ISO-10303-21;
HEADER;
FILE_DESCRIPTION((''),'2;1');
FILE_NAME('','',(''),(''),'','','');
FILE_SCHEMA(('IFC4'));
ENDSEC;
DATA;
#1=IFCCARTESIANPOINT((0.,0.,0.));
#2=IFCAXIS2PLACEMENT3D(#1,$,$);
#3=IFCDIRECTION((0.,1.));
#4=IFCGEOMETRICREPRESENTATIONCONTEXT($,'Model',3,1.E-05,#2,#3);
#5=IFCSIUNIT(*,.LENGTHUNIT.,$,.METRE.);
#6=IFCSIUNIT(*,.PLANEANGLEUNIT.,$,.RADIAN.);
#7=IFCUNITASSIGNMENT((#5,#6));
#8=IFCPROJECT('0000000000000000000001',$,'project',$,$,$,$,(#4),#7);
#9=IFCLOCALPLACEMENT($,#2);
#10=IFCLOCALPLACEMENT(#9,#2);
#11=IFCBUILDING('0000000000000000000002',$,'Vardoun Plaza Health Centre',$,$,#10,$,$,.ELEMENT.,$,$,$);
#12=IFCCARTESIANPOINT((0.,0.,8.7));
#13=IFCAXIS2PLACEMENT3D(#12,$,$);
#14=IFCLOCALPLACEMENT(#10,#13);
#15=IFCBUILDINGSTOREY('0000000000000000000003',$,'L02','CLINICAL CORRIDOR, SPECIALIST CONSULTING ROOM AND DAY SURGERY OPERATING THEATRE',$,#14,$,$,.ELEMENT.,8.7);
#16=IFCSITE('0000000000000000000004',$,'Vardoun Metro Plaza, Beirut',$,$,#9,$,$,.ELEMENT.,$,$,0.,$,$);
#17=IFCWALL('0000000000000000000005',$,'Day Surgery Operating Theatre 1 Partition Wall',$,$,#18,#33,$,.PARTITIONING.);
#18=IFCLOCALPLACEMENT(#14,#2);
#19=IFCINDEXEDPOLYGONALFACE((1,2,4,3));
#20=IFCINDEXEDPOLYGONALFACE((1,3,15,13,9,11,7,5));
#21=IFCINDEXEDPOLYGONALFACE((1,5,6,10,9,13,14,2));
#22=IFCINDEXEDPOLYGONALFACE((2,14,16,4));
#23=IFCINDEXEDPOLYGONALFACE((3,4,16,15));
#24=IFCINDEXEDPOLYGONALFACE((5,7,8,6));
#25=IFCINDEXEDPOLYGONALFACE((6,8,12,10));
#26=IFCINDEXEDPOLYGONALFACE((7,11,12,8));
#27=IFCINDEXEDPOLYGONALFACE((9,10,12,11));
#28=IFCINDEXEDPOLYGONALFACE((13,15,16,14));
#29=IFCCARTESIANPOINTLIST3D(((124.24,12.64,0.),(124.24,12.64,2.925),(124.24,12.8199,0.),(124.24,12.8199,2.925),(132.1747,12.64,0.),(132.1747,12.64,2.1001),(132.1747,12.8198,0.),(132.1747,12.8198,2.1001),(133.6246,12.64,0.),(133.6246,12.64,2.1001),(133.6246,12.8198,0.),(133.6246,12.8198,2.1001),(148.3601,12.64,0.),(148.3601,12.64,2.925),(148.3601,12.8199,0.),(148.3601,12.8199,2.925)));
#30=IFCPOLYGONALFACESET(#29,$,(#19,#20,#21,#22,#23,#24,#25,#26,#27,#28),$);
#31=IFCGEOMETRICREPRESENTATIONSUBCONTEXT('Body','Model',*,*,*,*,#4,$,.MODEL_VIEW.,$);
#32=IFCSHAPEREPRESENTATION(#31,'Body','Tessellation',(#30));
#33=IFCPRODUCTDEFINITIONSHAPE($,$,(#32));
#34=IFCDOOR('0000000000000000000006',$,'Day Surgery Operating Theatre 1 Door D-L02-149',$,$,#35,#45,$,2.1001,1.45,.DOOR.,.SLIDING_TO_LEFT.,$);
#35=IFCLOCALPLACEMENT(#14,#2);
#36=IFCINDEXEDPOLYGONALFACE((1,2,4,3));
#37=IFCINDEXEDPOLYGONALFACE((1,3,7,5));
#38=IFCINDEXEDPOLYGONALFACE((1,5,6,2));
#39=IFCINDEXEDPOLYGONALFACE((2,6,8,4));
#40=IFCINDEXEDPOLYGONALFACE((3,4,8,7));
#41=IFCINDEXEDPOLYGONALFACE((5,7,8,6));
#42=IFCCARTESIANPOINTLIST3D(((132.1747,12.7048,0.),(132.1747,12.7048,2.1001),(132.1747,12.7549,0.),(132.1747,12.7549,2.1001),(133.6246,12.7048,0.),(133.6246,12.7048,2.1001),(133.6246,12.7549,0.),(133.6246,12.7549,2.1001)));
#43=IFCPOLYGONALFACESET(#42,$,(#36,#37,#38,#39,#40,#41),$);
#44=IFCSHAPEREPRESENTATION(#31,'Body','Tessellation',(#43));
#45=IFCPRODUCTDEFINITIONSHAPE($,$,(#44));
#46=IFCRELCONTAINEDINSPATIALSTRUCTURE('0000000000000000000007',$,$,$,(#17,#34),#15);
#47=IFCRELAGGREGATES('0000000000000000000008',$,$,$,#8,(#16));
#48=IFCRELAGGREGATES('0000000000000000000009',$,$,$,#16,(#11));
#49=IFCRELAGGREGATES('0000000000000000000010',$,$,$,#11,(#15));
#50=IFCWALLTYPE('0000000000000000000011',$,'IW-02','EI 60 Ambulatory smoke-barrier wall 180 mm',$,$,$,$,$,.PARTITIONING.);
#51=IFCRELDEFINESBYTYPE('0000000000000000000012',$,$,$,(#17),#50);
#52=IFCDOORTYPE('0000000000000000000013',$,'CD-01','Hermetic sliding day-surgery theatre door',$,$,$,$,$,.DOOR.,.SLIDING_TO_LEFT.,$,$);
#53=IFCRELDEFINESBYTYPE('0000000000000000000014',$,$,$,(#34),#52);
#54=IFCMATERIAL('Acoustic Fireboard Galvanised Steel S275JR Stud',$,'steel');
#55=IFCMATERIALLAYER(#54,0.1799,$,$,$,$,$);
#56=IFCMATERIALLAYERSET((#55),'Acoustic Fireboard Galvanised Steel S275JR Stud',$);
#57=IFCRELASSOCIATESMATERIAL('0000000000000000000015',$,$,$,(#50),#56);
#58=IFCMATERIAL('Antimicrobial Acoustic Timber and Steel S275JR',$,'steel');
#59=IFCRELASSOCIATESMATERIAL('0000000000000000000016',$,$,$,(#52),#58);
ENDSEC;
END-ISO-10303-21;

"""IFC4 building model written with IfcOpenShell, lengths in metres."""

from ifc_helpers import new_model, si_unit, direction, frame, frame_2d, origin, place, context, subcontext, project, spatial, rectangle, extrude, material, layer, layer_set, type_object, element, fill, save


model = new_model("IFC4")

# Units and contexts
model_context = context("Model", 3, precision=1e-05, world=origin(), true_north=direction((0.0, 1.0)))
body_context = subcontext(model_context, "Body", "Model", "MODEL_VIEW")
ifc_project = project(units=[si_unit("LENGTHUNIT", "METRE"), si_unit("PLANEANGLEUNIT", "RADIAN")], contexts=[model_context])

# Site, building, storey
site_placement = place(None, origin())
site = spatial("IfcSite", under=ifc_project, at=site_placement, Name="Vardoun Metro Plaza, Beirut", CompositionType="ELEMENT", RefElevation=0.0)
building_placement = place(site_placement, origin())
building = spatial("IfcBuilding", under=site, at=building_placement, Name="Vardoun Plaza Health Centre", CompositionType="ELEMENT")
storey_placement = place(building_placement, frame((0.0, 0.0, 8.7)))
storey = spatial("IfcBuildingStorey", under=building, at=storey_placement, Name="L02", Description="CLINICAL CORRIDOR, SPECIALIST CONSULTING ROOM AND DAY SURGERY OPERATING THEATRE", CompositionType="ELEMENT", Elevation=8.7)

# Wall, opening, door
ifc_material_1 = material(Name="Acoustic Fireboard Galvanised Steel S275JR Stud", Category="steel")
ifc_layer_1 = layer(ifc_material_1, 0.1799)
ifc_layer_set_1 = layer_set([ifc_layer_1], Name="Acoustic Fireboard Galvanised Steel S275JR Stud")
wall_type_1 = type_object("IfcWallType", Name="IW-02", Description="EI 60 Ambulatory smoke-barrier wall 180 mm", PredefinedType="PARTITIONING", material=ifc_layer_set_1)
wall_1_placement = place(storey_placement, frame((124.24, 12.73, 0.0), z_axis=(0.0, 0.0, 1.0), x_axis=(1.0, 0.0, 0.0)))
wall_1 = element("IfcWall", 1, at=wall_1_placement, inside=storey, type_object=wall_type_1, Name="Day Surgery Operating Theatre 1 Partition Wall", PredefinedType="PARTITIONING", context=body_context, shape_type="SweptSolid", body=[
    extrude(rectangle(XDim=24.1201, YDim=0.1799, at=frame_2d((12.0601, 0.0))), origin(), (0.0, 0.0, 1.0), 2.925),
])
opening_1_placement = place(wall_1_placement, frame((7.9346, 0.0, 0.0)))
opening_1 = element("IfcOpeningElement", 2, at=opening_1_placement, cuts=wall_1, PredefinedType="OPENING", context=body_context, shape_type="SweptSolid", body=[
    extrude(rectangle(XDim=1.45, YDim=2.1001, at=frame_2d((0.7251, 1.05))), frame((0.0, 0.0898, 0.0), z_axis=(0.0, -1.0, 0.0), x_axis=(1.0, 0.0, 0.0)), (0.0, 0.0, 1.0), 0.1799),
])
ifc_material_2 = material(Name="Antimicrobial Acoustic Timber and Steel S275JR", Category="steel")
door_type_1 = type_object("IfcDoorType", Name="CD-01", Description="Hermetic sliding day-surgery theatre door", OperationType="SLIDING_TO_LEFT", PredefinedType="DOOR", material=ifc_material_2)
door_1_placement = place(opening_1_placement, origin())
door_1 = element("IfcDoor", 3, at=door_1_placement, inside=storey, type_object=door_type_1, Name="Day Surgery Operating Theatre 1 Door D-L02-149", OperationType="SLIDING_TO_LEFT", OverallHeight=2.1001, OverallWidth=1.45, PredefinedType="DOOR", context=body_context, shape_type="SweptSolid", body=[
    extrude(rectangle(XDim=1.45, YDim=2.1001, at=frame_2d((0.7251, 1.05))), frame((0.0, 0.0249, 0.0), z_axis=(0.0, -1.0, 0.0), x_axis=(1.0, 0.0, 0.0)), (0.0, 0.0, 1.0), 0.05),
])
fill(opening_1, door_1)

save(model, "model.ifc")
